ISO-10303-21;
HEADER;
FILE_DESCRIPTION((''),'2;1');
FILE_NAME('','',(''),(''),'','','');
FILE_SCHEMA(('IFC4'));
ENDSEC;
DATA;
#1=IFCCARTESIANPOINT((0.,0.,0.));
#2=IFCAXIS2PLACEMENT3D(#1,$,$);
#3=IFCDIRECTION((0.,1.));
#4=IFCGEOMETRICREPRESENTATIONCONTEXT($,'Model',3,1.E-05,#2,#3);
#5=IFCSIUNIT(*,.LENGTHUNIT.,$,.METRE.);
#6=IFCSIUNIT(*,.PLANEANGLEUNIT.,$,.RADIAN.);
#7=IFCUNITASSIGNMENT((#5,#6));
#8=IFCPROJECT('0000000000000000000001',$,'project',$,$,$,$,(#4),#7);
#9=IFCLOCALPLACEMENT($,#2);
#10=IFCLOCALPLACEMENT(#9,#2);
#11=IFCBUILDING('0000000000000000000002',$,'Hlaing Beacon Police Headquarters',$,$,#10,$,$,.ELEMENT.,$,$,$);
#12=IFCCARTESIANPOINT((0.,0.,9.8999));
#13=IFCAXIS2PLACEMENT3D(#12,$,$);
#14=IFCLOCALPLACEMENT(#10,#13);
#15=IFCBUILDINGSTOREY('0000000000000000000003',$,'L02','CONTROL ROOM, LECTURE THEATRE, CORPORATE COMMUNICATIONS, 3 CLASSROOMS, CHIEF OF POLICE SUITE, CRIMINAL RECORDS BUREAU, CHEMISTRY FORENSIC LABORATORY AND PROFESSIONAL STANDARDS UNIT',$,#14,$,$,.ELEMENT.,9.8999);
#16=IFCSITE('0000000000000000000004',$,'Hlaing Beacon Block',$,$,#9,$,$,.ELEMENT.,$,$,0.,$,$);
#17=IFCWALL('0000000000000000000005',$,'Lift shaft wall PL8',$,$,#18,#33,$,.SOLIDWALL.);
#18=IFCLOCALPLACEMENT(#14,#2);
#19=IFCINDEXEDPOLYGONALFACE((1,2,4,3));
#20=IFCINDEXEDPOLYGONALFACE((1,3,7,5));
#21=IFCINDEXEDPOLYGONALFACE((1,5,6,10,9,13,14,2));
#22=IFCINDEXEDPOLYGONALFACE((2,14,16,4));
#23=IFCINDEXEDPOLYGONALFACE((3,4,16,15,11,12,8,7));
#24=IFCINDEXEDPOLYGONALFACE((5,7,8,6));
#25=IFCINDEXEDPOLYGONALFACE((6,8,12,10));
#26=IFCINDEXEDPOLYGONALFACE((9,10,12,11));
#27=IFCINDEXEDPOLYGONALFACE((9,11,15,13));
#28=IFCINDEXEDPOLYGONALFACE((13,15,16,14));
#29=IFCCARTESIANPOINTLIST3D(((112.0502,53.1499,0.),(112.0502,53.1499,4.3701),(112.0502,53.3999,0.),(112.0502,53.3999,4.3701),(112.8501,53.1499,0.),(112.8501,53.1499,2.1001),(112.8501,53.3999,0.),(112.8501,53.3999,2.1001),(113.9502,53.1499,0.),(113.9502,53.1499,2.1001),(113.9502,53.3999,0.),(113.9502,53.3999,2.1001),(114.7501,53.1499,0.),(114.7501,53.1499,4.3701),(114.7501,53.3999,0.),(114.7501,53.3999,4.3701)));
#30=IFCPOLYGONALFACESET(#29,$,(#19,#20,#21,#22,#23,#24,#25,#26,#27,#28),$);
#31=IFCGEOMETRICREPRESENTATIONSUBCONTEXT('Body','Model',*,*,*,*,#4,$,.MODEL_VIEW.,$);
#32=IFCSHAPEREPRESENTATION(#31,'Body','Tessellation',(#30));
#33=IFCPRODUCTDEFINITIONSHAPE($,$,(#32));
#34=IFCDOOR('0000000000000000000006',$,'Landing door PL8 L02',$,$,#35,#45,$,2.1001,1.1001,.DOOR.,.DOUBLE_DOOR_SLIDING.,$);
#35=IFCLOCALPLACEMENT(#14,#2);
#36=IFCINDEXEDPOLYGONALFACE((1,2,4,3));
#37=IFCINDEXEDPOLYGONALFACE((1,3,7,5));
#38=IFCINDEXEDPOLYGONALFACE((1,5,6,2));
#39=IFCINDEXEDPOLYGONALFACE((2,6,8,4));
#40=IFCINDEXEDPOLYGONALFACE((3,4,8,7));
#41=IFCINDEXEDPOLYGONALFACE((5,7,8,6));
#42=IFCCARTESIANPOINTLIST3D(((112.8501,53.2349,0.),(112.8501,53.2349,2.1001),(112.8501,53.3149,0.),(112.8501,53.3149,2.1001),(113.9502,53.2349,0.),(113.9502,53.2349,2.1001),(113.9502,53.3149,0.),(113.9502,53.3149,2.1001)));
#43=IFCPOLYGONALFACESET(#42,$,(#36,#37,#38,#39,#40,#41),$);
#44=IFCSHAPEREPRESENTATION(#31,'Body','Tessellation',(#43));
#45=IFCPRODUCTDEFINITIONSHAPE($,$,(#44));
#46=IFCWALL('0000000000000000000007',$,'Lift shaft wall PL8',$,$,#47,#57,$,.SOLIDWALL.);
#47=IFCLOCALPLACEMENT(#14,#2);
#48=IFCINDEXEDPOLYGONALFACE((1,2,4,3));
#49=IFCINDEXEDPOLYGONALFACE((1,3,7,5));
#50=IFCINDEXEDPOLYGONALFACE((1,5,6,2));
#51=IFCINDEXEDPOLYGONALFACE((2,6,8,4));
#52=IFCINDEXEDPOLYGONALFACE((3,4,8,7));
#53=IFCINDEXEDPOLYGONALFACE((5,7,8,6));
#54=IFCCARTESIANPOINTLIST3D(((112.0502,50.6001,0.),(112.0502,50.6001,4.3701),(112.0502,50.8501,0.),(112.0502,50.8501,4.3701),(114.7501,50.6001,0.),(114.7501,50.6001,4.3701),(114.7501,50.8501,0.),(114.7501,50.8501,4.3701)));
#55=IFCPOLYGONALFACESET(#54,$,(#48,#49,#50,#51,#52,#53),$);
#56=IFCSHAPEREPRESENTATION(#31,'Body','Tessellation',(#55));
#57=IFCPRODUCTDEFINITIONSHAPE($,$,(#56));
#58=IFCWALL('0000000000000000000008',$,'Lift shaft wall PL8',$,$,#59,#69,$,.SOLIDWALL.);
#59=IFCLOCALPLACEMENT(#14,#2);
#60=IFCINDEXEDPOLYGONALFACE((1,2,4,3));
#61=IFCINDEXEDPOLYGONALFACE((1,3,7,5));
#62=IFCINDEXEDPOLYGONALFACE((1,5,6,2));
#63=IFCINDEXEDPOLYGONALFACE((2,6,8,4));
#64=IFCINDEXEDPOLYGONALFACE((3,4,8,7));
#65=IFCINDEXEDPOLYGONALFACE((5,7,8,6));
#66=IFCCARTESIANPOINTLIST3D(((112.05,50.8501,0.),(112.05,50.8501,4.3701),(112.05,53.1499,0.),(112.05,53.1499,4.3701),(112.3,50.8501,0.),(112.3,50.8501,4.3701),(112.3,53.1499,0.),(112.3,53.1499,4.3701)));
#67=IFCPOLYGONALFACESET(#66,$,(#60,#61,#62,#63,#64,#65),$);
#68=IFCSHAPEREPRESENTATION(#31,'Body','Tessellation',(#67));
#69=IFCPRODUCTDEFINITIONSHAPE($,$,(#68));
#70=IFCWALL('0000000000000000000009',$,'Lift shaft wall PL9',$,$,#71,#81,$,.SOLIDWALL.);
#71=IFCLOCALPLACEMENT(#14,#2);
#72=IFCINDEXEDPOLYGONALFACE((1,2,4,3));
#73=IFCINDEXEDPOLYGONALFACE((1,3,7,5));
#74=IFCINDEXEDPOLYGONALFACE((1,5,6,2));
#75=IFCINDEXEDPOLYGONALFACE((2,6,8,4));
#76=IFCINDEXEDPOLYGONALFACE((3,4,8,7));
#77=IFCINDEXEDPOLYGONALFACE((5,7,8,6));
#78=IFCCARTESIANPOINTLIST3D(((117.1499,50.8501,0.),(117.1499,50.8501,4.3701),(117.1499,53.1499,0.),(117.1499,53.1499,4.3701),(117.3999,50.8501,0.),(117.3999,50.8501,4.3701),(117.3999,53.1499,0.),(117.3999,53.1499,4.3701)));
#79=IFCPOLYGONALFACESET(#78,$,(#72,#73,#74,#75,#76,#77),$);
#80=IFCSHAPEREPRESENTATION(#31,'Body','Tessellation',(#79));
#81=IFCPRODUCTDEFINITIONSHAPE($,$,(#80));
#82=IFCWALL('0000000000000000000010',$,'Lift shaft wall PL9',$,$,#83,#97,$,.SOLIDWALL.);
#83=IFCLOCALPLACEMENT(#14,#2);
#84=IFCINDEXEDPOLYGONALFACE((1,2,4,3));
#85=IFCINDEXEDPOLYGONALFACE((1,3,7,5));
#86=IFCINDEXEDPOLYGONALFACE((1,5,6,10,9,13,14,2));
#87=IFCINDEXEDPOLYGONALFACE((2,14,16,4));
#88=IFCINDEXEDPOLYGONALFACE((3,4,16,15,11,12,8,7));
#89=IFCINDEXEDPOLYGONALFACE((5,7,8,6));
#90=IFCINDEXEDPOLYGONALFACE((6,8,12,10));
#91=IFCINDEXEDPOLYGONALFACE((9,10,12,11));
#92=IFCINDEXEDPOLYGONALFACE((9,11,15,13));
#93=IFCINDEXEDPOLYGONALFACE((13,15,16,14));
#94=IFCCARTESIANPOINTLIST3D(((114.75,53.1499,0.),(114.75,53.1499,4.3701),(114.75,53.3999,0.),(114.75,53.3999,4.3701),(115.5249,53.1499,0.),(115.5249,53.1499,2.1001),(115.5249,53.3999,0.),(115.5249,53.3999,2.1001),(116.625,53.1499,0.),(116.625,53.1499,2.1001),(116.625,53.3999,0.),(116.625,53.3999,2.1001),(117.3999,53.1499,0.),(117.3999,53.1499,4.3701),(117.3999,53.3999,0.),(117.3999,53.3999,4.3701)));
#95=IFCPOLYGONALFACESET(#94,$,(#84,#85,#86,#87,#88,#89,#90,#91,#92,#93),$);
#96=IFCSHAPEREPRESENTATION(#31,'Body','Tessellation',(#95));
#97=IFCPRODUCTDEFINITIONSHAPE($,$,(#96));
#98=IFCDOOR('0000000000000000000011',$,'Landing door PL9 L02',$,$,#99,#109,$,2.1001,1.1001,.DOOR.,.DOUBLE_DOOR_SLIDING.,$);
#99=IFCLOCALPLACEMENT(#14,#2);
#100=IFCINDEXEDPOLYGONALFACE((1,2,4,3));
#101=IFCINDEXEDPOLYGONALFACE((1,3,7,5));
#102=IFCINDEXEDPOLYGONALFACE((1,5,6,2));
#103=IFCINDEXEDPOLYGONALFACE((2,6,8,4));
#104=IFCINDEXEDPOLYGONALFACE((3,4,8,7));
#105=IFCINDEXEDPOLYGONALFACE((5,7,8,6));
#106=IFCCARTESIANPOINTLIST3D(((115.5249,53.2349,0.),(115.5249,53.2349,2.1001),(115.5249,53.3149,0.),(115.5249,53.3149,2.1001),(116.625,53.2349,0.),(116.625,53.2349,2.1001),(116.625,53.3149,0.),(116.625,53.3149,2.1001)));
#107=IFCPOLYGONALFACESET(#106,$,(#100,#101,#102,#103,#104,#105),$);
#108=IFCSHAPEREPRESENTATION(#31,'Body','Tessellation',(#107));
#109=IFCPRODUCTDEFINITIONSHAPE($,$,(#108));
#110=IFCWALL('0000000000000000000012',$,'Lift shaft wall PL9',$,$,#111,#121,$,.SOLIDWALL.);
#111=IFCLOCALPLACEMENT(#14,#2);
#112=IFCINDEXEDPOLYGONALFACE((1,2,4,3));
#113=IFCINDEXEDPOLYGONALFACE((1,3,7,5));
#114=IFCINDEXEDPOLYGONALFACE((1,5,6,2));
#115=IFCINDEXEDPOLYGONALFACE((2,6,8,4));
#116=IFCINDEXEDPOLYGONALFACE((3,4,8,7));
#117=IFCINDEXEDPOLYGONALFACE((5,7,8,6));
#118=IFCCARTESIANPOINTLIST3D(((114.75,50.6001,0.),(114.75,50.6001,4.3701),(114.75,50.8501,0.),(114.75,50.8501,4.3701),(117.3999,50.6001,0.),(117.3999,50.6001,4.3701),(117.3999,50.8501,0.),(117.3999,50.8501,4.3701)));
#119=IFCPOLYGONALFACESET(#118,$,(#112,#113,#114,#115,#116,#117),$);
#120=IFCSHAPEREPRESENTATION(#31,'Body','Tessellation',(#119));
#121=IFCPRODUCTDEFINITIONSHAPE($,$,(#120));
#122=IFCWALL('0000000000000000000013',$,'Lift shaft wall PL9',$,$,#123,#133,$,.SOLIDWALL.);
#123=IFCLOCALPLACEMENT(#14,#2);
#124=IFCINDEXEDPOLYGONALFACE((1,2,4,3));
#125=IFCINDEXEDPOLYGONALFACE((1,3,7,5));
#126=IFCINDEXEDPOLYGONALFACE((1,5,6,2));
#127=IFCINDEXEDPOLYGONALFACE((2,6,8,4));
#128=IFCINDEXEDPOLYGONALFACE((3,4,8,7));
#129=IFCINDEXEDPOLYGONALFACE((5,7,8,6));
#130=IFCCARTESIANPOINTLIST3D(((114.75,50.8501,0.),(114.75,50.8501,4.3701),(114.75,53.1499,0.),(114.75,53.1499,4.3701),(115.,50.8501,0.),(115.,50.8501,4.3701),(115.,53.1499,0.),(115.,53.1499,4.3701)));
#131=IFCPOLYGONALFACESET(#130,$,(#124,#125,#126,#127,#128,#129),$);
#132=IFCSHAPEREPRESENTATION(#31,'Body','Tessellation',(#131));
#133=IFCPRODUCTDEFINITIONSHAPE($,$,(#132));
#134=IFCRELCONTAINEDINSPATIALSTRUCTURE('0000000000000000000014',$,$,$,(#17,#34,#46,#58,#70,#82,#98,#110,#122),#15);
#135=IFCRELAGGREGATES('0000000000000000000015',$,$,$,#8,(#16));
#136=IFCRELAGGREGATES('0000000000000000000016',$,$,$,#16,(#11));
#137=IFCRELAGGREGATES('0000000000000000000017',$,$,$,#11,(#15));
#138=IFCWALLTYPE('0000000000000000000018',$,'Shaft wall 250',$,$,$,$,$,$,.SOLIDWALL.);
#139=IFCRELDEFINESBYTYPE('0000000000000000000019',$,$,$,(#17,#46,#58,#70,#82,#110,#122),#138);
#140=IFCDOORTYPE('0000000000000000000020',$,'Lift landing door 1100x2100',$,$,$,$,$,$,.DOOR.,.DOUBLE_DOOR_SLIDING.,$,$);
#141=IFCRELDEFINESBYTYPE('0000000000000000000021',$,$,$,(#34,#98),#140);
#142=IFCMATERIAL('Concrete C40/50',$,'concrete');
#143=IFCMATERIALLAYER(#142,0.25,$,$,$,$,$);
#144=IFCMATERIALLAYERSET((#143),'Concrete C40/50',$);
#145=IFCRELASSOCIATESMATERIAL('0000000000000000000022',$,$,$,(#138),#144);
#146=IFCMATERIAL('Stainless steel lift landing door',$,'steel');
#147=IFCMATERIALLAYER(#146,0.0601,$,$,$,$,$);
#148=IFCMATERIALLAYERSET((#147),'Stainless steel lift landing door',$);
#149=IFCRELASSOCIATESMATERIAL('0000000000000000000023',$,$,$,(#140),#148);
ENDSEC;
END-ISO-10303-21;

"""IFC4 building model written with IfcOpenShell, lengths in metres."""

from ifc_helpers import new_model, si_unit, direction, frame, frame_2d, origin, place, context, subcontext, project, spatial, rectangle, extrude, material, layer, layer_set, type_object, element, fill, save


model = new_model("IFC4")

# Units and contexts
model_context = context("Model", 3, precision=1e-05, world=origin(), true_north=direction((0.0, 1.0)))
body_context = subcontext(model_context, "Body", "Model", "MODEL_VIEW")
ifc_project = project(units=[si_unit("LENGTHUNIT", "METRE"), si_unit("PLANEANGLEUNIT", "RADIAN")], contexts=[model_context])

# Site, building, storey
site_placement = place(None, origin())
site = spatial("IfcSite", under=ifc_project, at=site_placement, Name="Hlaing Beacon Block", CompositionType="ELEMENT", RefElevation=0.0)
building_placement = place(site_placement, origin())
building = spatial("IfcBuilding", under=site, at=building_placement, Name="Hlaing Beacon Police Headquarters", CompositionType="ELEMENT")
storey_placement = place(building_placement, frame((0.0, 0.0, 9.8999)))
storey = spatial("IfcBuildingStorey", under=building, at=storey_placement, Name="L02", Description="CONTROL ROOM, LECTURE THEATRE, CORPORATE COMMUNICATIONS, 3 CLASSROOMS, CHIEF OF POLICE SUITE, CRIMINAL RECORDS BUREAU, CHEMISTRY FORENSIC LABORATORY AND PROFESSIONAL STANDARDS UNIT", CompositionType="ELEMENT", Elevation=9.8999)

# Shared definitions
ifc_material_1 = material(Name="Concrete C40/50", Category="concrete")
ifc_layer_1 = layer(ifc_material_1, 0.25)
ifc_layer_set_1 = layer_set([ifc_layer_1], Name="Concrete C40/50")
wall_type_1 = type_object("IfcWallType", Name="Shaft wall 250", PredefinedType="SOLIDWALL", material=ifc_layer_set_1)

# Shared definitions
ifc_material_2 = material(Name="Stainless steel lift landing door", Category="steel")
ifc_layer_2 = layer(ifc_material_2, 0.0601)
ifc_layer_set_2 = layer_set([ifc_layer_2], Name="Stainless steel lift landing door")
door_type_1 = type_object("IfcDoorType", Name="Lift landing door 1100x2100", OperationType="DOUBLE_DOOR_SLIDING", PredefinedType="DOOR", material=ifc_layer_set_2)

# Wall, opening, door
wall_1_placement = place(storey_placement, frame((112.05, 53.2749, 0.0), z_axis=(0.0, 0.0, 1.0), x_axis=(1.0, 0.0, 0.0)))
wall_1 = element("IfcWall", 1, at=wall_1_placement, inside=storey, type_object=wall_type_1, Name="Lift shaft wall PL8", PredefinedType="SOLIDWALL", context=body_context, shape_type="SweptSolid", body=[
    extrude(rectangle(XDim=2.7, YDim=0.25, at=frame_2d((1.3501, 0.0))), origin(), (0.0, 0.0, 1.0), 4.3701),
])
opening_1_placement = place(wall_1_placement, frame((0.8, 0.0, 0.0)))
opening_1 = element("IfcOpeningElement", 2, at=opening_1_placement, cuts=wall_1, PredefinedType="OPENING", context=body_context, shape_type="SweptSolid", body=[
    extrude(rectangle(XDim=1.1001, YDim=2.1001, at=frame_2d((0.55, 1.05))), frame((0.0, 0.135, 0.0), z_axis=(0.0, -1.0, 0.0), x_axis=(1.0, 0.0, 0.0)), (0.0, 0.0, 1.0), 0.27),
])
door_1_placement = place(opening_1_placement, origin())
door_1 = element("IfcDoor", 3, at=door_1_placement, inside=storey, type_object=door_type_1, Name="Landing door PL8 L02", OperationType="DOUBLE_DOOR_SLIDING", OverallHeight=2.1001, OverallWidth=1.1001, PredefinedType="DOOR", context=body_context, shape_type="SweptSolid", body=[
    extrude(rectangle(XDim=1.1001, YDim=2.1001, at=frame_2d((0.55, 1.05))), frame((0.0, 0.04, 0.0), z_axis=(0.0, -1.0, 0.0), x_axis=(1.0, 0.0, 0.0)), (0.0, 0.0, 1.0), 0.0801),
])
fill(opening_1, door_1)

# Walls
wall_2_placement = place(storey_placement, frame((112.05, 50.7251, 0.0), z_axis=(0.0, 0.0, 1.0), x_axis=(1.0, 0.0, 0.0)))
element("IfcWall", 4, at=wall_2_placement, inside=storey, type_object=wall_type_1, Name="Lift shaft wall PL8", PredefinedType="SOLIDWALL", context=body_context, shape_type="SweptSolid", body=[
    extrude(rectangle(XDim=2.7, YDim=0.25, at=frame_2d((1.3501, 0.0))), origin(), (0.0, 0.0, 1.0), 4.3701),
])
for number, where, z_axis, x_axis, name in (
    (5, (112.175, 50.8501, 0.0), (0.0, 0.0, 1.0), (0.0, 1.0, 0.0), "Lift shaft wall PL8"),
    (6, (117.2749, 50.8501, 0.0), (0.0, 0.0, 1.0), (0.0, 1.0, 0.0), "Lift shaft wall PL9"),
):
    element("IfcWall", number, at=place(storey_placement, frame(where, z_axis=z_axis, x_axis=x_axis)), inside=storey, type_object=wall_type_1, Name=name, PredefinedType="SOLIDWALL", context=body_context, shape_type="SweptSolid", body=[
        extrude(rectangle(XDim=2.2998, YDim=0.25, at=frame_2d((1.1499, 0.0))), origin(), (0.0, 0.0, 1.0), 4.3701),
    ])

# Wall, opening, door
wall_3_placement = place(storey_placement, frame((114.75, 53.2749, 0.0), z_axis=(0.0, 0.0, 1.0), x_axis=(1.0, 0.0, 0.0)))
wall_3 = element("IfcWall", 7, at=wall_3_placement, inside=storey, type_object=wall_type_1, Name="Lift shaft wall PL9", PredefinedType="SOLIDWALL", context=body_context, shape_type="SweptSolid", body=[
    extrude(rectangle(XDim=2.6499, YDim=0.25, at=frame_2d((1.325, 0.0))), origin(), (0.0, 0.0, 1.0), 4.3701),
])
opening_2_placement = place(wall_3_placement, frame((0.7749, 0.0, 0.0)))
opening_2 = element("IfcOpeningElement", 8, at=opening_2_placement, cuts=wall_3, PredefinedType="OPENING", context=body_context, shape_type="SweptSolid", body=[
    extrude(rectangle(XDim=1.1001, YDim=2.1001, at=frame_2d((0.55, 1.05))), frame((0.0, 0.135, 0.0), z_axis=(0.0, -1.0, 0.0), x_axis=(1.0, 0.0, 0.0)), (0.0, 0.0, 1.0), 0.27),
])
door_2_placement = place(opening_2_placement, origin())
door_2 = element("IfcDoor", 9, at=door_2_placement, inside=storey, type_object=door_type_1, Name="Landing door PL9 L02", OperationType="DOUBLE_DOOR_SLIDING", OverallHeight=2.1001, OverallWidth=1.1001, PredefinedType="DOOR", context=body_context, shape_type="SweptSolid", body=[
    extrude(rectangle(XDim=1.1001, YDim=2.1001, at=frame_2d((0.55, 1.05))), frame((0.0, 0.04, 0.0), z_axis=(0.0, -1.0, 0.0), x_axis=(1.0, 0.0, 0.0)), (0.0, 0.0, 1.0), 0.0801),
])
fill(opening_2, door_2)

# Walls
wall_4_placement = place(storey_placement, frame((114.75, 50.7251, 0.0), z_axis=(0.0, 0.0, 1.0), x_axis=(1.0, 0.0, 0.0)))
element("IfcWall", 10, at=wall_4_placement, inside=storey, type_object=wall_type_1, Name="Lift shaft wall PL9", PredefinedType="SOLIDWALL", context=body_context, shape_type="SweptSolid", body=[
    extrude(rectangle(XDim=2.6499, YDim=0.25, at=frame_2d((1.325, 0.0))), origin(), (0.0, 0.0, 1.0), 4.3701),
])
wall_5_placement = place(storey_placement, frame((114.875, 50.8501, 0.0), z_axis=(0.0, 0.0, 1.0), x_axis=(0.0, 1.0, 0.0)))
element("IfcWall", 11, at=wall_5_placement, inside=storey, type_object=wall_type_1, Name="Lift shaft wall PL9", PredefinedType="SOLIDWALL", context=body_context, shape_type="SweptSolid", body=[
    extrude(rectangle(XDim=2.2998, YDim=0.25, at=frame_2d((1.1499, 0.0))), origin(), (0.0, 0.0, 1.0), 4.3701),
])

save(model, "model.ifc")
